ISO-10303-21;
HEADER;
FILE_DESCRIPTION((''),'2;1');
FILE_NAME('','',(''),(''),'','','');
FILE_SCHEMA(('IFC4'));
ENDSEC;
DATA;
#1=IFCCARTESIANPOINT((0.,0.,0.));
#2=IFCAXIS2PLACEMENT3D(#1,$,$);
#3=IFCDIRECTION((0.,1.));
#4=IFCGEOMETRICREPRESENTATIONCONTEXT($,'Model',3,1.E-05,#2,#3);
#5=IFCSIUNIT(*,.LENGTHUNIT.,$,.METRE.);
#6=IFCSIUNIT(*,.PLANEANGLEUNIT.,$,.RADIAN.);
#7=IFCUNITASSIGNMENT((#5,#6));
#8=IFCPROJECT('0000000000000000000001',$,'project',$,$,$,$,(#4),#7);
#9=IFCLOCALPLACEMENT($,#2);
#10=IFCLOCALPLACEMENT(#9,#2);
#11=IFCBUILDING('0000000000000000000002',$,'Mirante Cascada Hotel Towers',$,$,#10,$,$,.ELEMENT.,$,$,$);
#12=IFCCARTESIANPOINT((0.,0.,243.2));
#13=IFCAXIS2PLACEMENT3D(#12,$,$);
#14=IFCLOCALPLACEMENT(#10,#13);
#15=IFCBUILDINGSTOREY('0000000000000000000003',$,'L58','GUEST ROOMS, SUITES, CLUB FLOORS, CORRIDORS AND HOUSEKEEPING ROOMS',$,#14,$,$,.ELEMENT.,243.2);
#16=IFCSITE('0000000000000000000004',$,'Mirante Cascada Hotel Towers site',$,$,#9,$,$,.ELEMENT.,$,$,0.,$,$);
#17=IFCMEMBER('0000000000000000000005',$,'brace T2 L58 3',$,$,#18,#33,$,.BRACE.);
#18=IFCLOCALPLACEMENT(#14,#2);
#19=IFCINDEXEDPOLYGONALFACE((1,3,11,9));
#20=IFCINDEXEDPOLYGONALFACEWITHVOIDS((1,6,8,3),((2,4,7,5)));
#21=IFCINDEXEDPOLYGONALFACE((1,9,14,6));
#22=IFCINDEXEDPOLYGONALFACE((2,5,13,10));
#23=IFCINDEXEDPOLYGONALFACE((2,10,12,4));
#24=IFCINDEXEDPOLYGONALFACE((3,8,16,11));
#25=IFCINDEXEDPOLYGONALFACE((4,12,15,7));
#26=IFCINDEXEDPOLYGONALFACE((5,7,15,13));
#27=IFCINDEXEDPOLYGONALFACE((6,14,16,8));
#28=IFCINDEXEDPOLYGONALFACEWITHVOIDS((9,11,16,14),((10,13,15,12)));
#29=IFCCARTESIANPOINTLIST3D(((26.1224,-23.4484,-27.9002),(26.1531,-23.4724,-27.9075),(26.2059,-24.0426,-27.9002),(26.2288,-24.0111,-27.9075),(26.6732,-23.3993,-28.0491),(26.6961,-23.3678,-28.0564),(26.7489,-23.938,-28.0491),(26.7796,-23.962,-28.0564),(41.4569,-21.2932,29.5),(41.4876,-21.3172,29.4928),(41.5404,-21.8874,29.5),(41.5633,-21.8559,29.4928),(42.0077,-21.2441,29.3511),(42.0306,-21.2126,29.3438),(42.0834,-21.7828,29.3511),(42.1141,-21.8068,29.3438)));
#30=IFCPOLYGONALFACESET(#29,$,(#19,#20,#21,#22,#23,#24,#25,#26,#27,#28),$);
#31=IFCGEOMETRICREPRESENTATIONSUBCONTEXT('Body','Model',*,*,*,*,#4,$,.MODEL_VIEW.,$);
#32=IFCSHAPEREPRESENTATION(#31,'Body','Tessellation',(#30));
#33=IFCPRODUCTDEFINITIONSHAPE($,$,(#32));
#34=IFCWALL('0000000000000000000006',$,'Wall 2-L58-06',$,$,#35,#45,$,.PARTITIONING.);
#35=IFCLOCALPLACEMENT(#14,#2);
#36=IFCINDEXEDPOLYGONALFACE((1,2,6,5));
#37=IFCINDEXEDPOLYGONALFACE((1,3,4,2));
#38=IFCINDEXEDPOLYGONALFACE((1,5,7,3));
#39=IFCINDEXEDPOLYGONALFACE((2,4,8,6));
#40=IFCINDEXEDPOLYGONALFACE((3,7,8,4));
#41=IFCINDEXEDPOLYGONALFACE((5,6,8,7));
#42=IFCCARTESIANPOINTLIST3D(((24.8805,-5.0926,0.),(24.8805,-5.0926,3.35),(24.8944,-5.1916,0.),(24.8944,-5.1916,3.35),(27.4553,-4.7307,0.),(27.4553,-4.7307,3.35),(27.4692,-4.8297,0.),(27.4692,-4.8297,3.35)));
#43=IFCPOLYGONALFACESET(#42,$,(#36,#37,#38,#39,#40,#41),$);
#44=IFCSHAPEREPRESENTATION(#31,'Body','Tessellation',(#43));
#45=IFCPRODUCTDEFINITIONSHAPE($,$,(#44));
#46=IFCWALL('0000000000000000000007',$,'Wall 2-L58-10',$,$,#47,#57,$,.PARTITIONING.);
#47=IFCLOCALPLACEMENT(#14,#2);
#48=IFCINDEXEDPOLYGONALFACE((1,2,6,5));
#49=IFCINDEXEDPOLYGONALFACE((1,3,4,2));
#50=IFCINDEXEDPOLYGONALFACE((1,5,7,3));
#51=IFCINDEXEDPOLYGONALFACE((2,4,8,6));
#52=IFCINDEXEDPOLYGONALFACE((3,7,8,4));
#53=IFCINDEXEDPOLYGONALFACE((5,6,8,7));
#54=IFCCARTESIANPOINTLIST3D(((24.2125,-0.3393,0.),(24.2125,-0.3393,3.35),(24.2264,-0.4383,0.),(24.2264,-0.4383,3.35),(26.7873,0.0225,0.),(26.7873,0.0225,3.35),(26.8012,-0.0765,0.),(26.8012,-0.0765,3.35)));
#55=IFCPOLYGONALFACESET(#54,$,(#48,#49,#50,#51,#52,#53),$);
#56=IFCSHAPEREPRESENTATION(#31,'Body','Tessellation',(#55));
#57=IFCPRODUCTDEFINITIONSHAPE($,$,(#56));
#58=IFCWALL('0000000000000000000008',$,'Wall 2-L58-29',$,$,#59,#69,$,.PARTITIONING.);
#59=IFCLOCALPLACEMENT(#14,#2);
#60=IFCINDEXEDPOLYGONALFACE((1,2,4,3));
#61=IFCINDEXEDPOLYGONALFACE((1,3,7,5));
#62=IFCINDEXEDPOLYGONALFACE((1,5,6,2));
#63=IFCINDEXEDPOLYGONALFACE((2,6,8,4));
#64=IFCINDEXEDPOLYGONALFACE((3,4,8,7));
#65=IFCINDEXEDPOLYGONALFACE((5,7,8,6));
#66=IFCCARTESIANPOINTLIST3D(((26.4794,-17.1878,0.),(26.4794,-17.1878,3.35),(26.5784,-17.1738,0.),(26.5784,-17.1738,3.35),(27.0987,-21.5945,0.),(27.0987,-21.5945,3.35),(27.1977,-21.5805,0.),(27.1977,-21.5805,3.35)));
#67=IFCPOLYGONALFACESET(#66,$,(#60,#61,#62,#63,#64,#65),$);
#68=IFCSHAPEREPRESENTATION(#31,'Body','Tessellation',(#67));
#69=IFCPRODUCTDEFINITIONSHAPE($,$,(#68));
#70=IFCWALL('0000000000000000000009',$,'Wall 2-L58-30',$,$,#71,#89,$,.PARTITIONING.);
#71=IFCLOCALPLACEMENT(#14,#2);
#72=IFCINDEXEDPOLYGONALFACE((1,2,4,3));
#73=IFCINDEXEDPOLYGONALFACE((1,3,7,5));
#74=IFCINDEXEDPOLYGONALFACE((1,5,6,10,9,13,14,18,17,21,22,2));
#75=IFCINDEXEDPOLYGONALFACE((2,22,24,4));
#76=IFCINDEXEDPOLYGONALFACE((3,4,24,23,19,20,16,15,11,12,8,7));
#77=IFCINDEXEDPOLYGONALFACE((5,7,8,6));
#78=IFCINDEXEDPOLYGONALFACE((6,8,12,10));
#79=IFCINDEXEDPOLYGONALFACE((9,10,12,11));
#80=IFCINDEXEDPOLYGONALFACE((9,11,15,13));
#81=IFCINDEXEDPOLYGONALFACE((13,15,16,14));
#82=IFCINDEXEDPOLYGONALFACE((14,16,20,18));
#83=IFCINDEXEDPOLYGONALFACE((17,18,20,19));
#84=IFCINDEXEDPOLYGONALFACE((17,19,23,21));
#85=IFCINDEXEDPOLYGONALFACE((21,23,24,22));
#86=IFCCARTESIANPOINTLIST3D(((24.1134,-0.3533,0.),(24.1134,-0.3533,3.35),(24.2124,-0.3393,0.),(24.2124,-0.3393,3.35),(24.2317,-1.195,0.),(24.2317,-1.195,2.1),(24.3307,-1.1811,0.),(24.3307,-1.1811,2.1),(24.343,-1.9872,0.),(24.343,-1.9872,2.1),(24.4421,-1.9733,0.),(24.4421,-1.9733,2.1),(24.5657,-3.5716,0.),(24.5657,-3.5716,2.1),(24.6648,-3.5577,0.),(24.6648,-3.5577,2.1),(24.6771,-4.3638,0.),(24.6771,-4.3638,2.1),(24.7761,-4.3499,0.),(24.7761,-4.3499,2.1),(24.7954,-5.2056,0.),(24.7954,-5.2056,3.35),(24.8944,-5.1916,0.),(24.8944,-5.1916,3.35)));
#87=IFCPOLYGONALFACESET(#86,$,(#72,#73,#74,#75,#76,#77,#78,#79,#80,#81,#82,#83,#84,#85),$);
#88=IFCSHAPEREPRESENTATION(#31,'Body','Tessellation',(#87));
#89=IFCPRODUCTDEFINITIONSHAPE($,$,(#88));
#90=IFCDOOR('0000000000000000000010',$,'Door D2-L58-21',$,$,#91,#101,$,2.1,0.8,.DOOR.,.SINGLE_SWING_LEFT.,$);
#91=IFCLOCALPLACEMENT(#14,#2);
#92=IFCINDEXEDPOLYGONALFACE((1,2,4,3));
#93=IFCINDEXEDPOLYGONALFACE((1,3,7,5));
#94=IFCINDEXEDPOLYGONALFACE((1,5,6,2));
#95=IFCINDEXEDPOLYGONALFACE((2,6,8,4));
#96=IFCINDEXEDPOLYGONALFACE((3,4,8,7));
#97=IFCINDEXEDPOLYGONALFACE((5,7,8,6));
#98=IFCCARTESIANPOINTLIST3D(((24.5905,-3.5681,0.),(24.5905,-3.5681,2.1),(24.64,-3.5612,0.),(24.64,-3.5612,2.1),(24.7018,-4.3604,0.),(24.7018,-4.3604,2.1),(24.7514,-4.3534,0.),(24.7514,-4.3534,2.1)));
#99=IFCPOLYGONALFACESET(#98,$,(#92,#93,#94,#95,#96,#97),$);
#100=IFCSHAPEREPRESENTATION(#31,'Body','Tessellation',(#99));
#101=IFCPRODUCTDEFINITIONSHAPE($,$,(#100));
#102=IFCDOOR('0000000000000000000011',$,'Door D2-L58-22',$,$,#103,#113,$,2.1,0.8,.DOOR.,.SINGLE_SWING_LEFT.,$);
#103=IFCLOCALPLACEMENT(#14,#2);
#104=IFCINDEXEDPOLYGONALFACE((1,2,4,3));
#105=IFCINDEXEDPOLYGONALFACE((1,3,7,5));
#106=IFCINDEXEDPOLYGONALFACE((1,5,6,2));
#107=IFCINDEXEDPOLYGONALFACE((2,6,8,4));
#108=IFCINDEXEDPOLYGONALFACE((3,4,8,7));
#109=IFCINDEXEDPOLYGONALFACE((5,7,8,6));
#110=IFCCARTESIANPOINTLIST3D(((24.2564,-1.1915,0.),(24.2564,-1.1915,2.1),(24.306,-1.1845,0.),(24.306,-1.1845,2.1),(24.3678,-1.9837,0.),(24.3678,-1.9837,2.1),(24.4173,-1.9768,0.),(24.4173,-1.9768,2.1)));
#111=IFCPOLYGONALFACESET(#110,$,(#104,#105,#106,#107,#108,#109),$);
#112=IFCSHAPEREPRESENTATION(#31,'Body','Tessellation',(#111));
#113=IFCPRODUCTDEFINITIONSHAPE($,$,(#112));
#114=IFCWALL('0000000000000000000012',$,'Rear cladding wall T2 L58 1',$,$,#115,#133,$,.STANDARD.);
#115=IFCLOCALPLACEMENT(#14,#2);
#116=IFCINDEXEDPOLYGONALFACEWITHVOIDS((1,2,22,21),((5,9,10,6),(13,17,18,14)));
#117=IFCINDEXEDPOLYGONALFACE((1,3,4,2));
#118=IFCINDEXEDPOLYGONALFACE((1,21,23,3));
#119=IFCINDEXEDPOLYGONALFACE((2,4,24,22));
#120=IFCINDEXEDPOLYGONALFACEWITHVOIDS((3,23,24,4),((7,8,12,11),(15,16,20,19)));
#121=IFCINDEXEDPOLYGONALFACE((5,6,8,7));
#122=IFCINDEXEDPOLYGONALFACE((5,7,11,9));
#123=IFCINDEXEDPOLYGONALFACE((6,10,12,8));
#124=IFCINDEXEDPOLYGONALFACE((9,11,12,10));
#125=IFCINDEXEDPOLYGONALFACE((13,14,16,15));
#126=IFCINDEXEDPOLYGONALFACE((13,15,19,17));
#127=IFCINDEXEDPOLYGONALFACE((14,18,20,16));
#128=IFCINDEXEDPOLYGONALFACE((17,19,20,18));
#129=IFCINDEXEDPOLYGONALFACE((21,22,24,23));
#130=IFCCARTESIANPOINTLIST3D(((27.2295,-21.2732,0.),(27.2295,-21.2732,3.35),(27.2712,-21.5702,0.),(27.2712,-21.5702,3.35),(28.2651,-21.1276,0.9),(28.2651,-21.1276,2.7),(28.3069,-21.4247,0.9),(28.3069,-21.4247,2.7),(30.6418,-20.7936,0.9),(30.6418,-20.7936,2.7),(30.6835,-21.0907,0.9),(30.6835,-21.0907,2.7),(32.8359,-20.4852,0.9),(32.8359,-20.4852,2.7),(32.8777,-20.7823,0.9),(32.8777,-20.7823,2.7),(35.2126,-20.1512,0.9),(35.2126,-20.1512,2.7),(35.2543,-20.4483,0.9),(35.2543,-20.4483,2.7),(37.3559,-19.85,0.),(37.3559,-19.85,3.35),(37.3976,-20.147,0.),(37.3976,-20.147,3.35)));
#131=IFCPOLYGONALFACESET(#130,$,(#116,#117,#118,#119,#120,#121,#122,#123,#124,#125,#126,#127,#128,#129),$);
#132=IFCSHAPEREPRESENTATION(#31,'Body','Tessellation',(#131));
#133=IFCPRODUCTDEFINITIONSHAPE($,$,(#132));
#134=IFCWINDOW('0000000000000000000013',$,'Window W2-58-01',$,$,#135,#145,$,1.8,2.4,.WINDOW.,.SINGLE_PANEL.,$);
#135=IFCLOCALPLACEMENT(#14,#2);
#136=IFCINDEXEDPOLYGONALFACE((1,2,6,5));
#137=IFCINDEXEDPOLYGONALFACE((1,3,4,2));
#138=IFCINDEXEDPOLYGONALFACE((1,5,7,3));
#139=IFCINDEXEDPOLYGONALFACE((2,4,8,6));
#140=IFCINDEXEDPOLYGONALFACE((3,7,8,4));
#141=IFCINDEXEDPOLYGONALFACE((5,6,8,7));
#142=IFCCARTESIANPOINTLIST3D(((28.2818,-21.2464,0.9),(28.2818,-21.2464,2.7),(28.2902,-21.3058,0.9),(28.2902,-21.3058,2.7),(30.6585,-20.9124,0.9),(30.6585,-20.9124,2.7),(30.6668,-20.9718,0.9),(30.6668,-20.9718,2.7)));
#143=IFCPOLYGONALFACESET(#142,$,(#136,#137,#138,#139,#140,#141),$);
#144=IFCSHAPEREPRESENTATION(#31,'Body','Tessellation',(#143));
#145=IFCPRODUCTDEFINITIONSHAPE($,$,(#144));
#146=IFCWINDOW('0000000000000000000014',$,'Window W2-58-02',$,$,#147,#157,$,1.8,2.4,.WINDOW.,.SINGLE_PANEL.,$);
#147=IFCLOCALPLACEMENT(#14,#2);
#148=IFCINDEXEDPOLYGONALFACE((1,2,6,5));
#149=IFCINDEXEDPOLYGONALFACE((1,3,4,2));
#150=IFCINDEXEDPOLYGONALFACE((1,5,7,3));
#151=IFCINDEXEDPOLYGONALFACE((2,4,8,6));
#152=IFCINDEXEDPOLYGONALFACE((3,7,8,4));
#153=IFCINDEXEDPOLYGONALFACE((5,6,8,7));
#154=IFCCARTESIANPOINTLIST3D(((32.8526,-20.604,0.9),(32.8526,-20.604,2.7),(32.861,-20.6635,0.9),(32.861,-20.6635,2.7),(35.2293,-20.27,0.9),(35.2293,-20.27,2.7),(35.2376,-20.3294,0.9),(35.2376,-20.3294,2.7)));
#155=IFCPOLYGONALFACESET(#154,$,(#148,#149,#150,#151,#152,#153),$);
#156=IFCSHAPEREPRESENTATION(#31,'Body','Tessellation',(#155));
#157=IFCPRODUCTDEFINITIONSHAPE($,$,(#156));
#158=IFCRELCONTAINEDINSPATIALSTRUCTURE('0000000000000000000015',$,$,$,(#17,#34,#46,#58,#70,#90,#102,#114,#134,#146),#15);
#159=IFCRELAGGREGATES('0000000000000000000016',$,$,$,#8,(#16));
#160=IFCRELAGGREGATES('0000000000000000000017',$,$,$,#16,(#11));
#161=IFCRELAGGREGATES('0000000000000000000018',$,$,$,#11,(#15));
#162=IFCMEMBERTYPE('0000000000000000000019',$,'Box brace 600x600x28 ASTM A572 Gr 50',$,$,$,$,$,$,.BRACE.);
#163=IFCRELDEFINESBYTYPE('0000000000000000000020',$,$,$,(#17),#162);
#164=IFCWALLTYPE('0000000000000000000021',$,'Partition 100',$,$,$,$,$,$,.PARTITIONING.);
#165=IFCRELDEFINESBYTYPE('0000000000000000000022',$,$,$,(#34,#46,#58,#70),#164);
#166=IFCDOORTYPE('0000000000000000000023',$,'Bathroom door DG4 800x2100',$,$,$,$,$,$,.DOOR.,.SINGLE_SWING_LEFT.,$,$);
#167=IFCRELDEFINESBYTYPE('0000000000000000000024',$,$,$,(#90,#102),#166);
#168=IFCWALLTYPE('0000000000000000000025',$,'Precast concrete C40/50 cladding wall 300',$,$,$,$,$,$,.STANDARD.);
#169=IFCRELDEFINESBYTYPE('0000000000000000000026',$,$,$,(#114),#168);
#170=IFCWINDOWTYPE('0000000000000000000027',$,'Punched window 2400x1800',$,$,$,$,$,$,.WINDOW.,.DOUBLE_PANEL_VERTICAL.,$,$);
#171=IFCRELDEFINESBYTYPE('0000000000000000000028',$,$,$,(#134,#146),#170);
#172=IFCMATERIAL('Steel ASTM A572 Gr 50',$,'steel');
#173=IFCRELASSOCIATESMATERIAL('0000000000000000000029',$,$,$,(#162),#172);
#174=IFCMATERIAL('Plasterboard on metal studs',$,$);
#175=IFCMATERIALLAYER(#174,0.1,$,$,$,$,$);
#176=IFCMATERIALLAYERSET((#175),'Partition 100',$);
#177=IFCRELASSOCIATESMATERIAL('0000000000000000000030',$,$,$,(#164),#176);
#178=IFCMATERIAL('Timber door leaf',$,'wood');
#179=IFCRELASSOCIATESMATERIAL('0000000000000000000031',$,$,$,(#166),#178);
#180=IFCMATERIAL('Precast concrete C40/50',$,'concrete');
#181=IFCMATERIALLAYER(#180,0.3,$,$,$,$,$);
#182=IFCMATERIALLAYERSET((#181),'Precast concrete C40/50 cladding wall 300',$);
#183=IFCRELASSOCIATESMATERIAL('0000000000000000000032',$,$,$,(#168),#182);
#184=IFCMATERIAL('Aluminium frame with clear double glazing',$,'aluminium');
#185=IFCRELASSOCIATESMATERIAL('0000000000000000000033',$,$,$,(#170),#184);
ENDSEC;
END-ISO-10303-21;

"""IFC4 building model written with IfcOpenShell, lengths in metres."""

from ifc_helpers import new_model, si_unit, direction, frame, frame_2d, origin, origin_2d, place, context, subcontext, project, spatial, rectangle, hollow_rectangle, extrude, material, layer, layer_set, material_profile, profile_set, type_object, element, fill, save


model = new_model("IFC4")

# Units and contexts
model_context = context("Model", 3, precision=1e-05, world=origin(), true_north=direction((0.0, 1.0)))
body_context = subcontext(model_context, "Body", "Model", "MODEL_VIEW")
ifc_project = project(units=[si_unit("LENGTHUNIT", "METRE"), si_unit("PLANEANGLEUNIT", "RADIAN")], contexts=[model_context])

# Site, building, storey
site_placement = place(None, origin())
site = spatial("IfcSite", under=ifc_project, at=site_placement, Name="Mirante Cascada Hotel Towers site", CompositionType="ELEMENT", RefElevation=0.0)
building_placement = place(site_placement, origin())
building = spatial("IfcBuilding", under=site, at=building_placement, Name="Mirante Cascada Hotel Towers", CompositionType="ELEMENT")
storey_placement = place(building_placement, frame((0.0, 0.0, 243.2)))
storey = spatial("IfcBuildingStorey", under=building, at=storey_placement, Name="L58", Description="GUEST ROOMS, SUITES, CLUB FLOORS, CORRIDORS AND HOUSEKEEPING ROOMS", CompositionType="ELEMENT", Elevation=243.2)

# Member
ifc_material_1 = material(Name="Steel ASTM A572 Gr 50", Category="steel")
ifc_material_profile = material_profile(ifc_material_1, hollow_rectangle(XDim=0.6, YDim=0.6, WallThickness=0.028, at=origin_2d()), Name="Box brace 600x600x28 ASTM A572 Gr 50")
ifc_profile_set = profile_set([ifc_material_profile], Name="Steel ASTM A572 Gr 50")
member_type = type_object("IfcMemberType", Name="Box brace 600x600x28 ASTM A572 Gr 50", PredefinedType="BRACE", material=ifc_profile_set)
member_placement = place(storey_placement, frame((26.451, -23.7052, -27.9783), z_axis=(0.257929, 0.036251, 0.965483), x_axis=(-0.139178, 0.990267, 0.0)))
element("IfcMember", 1, at=member_placement, inside=storey, type_object=member_type, Name="brace T2 L58 3", PredefinedType="BRACE", context=body_context, shape_type="SweptSolid", body=[
    extrude(hollow_rectangle(XDim=0.6, YDim=0.6, WallThickness=0.028, at=origin_2d()), origin(), (0.0, 0.0, 1.0), 59.4523),
])

# Walls
ifc_material_2 = material(Name="Plasterboard on metal studs")
ifc_layer_1 = layer(ifc_material_2, 0.1)
ifc_layer_set_1 = layer_set([ifc_layer_1], Name="Partition 100")
wall_type_1 = type_object("IfcWallType", Name="Partition 100", PredefinedType="PARTITIONING", material=ifc_layer_set_1)
for number, where, z_axis, x_axis, name in (
    (2, (27.4622, -4.7802, 0.0), (0.0, 0.0, 1.0), (-0.990266, -0.139186, 0.0), "Wall 2-L58-06"),
    (3, (26.7942, -0.027, 0.0), (0.0, 0.0, 1.0), (-0.990271, -0.139149, 0.0), "Wall 2-L58-10"),
):
    element("IfcWall", number, at=place(storey_placement, frame(where, z_axis=z_axis, x_axis=x_axis)), inside=storey, type_object=wall_type_1, Name=name, PredefinedType="PARTITIONING", context=body_context, shape_type="SweptSolid", body=[
        extrude(rectangle(XDim=2.6001, YDim=0.1, at=frame_2d((1.3, 0.0))), origin(), (0.0, 0.0, 1.0), 3.35),
    ])
wall_1_placement = place(storey_placement, frame((27.1482, -21.5875, 0.0), z_axis=(0.0, 0.0, 1.0), x_axis=(-0.139168, 0.990269, 0.0)))
element("IfcWall", 4, at=wall_1_placement, inside=storey, type_object=wall_type_1, Name="Wall 2-L58-29", PredefinedType="PARTITIONING", context=body_context, shape_type="SweptSolid", body=[
    extrude(rectangle(XDim=4.45, YDim=0.1, at=frame_2d((2.225, 0.0))), origin(), (0.0, 0.0, 1.0), 3.35),
])

# Wall, openings, doors
wall_2_placement = place(storey_placement, frame((24.1629, -0.3463, 0.0), z_axis=(0.0, 0.0, 1.0), x_axis=(0.139184, -0.990267, 0.0)))
wall_2 = element("IfcWall", 5, at=wall_2_placement, inside=storey, type_object=wall_type_1, Name="Wall 2-L58-30", PredefinedType="PARTITIONING", context=body_context, shape_type="SweptSolid", body=[
    extrude(rectangle(XDim=4.9, YDim=0.1, at=frame_2d((2.45, 0.0))), origin(), (0.0, 0.0, 1.0), 3.35),
])
opening_1_placement = place(wall_2_placement, frame((3.25, 0.0, 0.0)))
opening_1 = element("IfcOpeningElement", 6, at=opening_1_placement, cuts=wall_2, PredefinedType="OPENING", context=body_context, shape_type="SweptSolid", body=[
    extrude(rectangle(XDim=0.8, YDim=2.1, at=frame_2d((0.4, 1.05))), frame((0.0, 0.05, 0.0), z_axis=(0.0, -1.0, 0.0), x_axis=(1.0, 0.0, 0.0)), (0.0, 0.0, 1.0), 0.1),
])
opening_2_placement = place(wall_2_placement, frame((0.85, 0.0, 0.0)))
opening_2 = element("IfcOpeningElement", 7, at=opening_2_placement, cuts=wall_2, PredefinedType="OPENING", context=body_context, shape_type="SweptSolid", body=[
    extrude(rectangle(XDim=0.8, YDim=2.1, at=frame_2d((0.4, 1.05))), frame((0.0, 0.05, 0.0), z_axis=(0.0, -1.0, 0.0), x_axis=(1.0, 0.0, 0.0)), (0.0, 0.0, 1.0), 0.1),
])
ifc_material_3 = material(Name="Timber door leaf", Category="wood")
door_type = type_object("IfcDoorType", Name="Bathroom door DG4 800x2100", OperationType="SINGLE_SWING_LEFT", PredefinedType="DOOR", material=ifc_material_3)
door_1_placement = place(opening_1_placement, origin())
door_1 = element("IfcDoor", 8, at=door_1_placement, inside=storey, type_object=door_type, Name="Door D2-L58-21", OperationType="SINGLE_SWING_LEFT", OverallHeight=2.1, OverallWidth=0.8, PredefinedType="DOOR", context=body_context, shape_type="SweptSolid", body=[
    extrude(rectangle(XDim=0.8, YDim=2.1, at=frame_2d((0.4, 1.05))), frame((0.0, 0.025, 0.0), z_axis=(0.0, -1.0, 0.0), x_axis=(1.0, 0.0, 0.0)), (0.0, 0.0, 1.0), 0.05),
])
fill(opening_1, door_1)
door_2_placement = place(opening_2_placement, origin())
door_2 = element("IfcDoor", 9, at=door_2_placement, inside=storey, type_object=door_type, Name="Door D2-L58-22", OperationType="SINGLE_SWING_LEFT", OverallHeight=2.1, OverallWidth=0.8, PredefinedType="DOOR", context=body_context, shape_type="SweptSolid", body=[
    extrude(rectangle(XDim=0.8, YDim=2.1, at=frame_2d((0.4, 1.05))), frame((0.0, 0.025, 0.0), z_axis=(0.0, -1.0, 0.0), x_axis=(1.0, 0.0, 0.0)), (0.0, 0.0, 1.0), 0.05),
])
fill(opening_2, door_2)

# Wall, openings, windows
ifc_material_4 = material(Name="Precast concrete C40/50", Category="concrete")
ifc_layer_2 = layer(ifc_material_4, 0.3)
ifc_layer_set_2 = layer_set([ifc_layer_2], Name="Precast concrete C40/50 cladding wall 300")
wall_type_2 = type_object("IfcWallType", Name="Precast concrete C40/50 cladding wall 300", PredefinedType="STANDARD", material=ifc_layer_set_2)
wall_3_placement = place(storey_placement, frame((27.2503, -21.4217, 0.0), z_axis=(0.0, 0.0, 1.0), x_axis=(0.990268, 0.139176, 0.0)))
wall_3 = element("IfcWall", 10, at=wall_3_placement, inside=storey, type_object=wall_type_2, Name="Rear cladding wall T2 L58 1", PredefinedType="STANDARD", context=body_context, shape_type="SweptSolid", body=[
    extrude(rectangle(XDim=10.2259, YDim=0.3, at=frame_2d((5.113, 0.0))), origin(), (0.0, 0.0, 1.0), 3.35),
])
opening_3_placement = place(wall_3_placement, frame((1.0459, 0.0, 0.9)))
opening_3 = element("IfcOpeningElement", 11, at=opening_3_placement, cuts=wall_3, PredefinedType="OPENING", context=body_context, shape_type="SweptSolid", body=[
    extrude(rectangle(XDim=2.4, YDim=1.8, at=frame_2d((1.2, 0.9))), frame((0.0, 0.15, 0.0), z_axis=(0.0, -1.0, 0.0), x_axis=(1.0, 0.0, 0.0)), (0.0, 0.0, 1.0), 0.3),
])
opening_4_placement = place(wall_3_placement, frame((5.6616, 0.0, 0.9)))
opening_4 = element("IfcOpeningElement", 12, at=opening_4_placement, cuts=wall_3, PredefinedType="OPENING", context=body_context, shape_type="SweptSolid", body=[
    extrude(rectangle(XDim=2.4, YDim=1.8, at=frame_2d((1.2, 0.9))), frame((0.0, 0.15, 0.0), z_axis=(0.0, -1.0, 0.0), x_axis=(1.0, 0.0, 0.0)), (0.0, 0.0, 1.0), 0.3),
])
ifc_material_5 = material(Name="Aluminium frame with clear double glazing", Category="aluminium")
window_type = type_object("IfcWindowType", Name="Punched window 2400x1800", PartitioningType="DOUBLE_PANEL_VERTICAL", PredefinedType="WINDOW", material=ifc_material_5)
window_1_placement = place(opening_3_placement, origin())
window_1 = element("IfcWindow", 13, at=window_1_placement, inside=storey, type_object=window_type, Name="Window W2-58-01", OverallHeight=1.8, OverallWidth=2.4, PartitioningType="SINGLE_PANEL", PredefinedType="WINDOW", context=body_context, shape_type="SweptSolid", body=[
    extrude(rectangle(XDim=2.4, YDim=1.8, at=frame_2d((1.2, 0.9))), frame((0.0, 0.03, 0.0), z_axis=(0.0, -1.0, 0.0), x_axis=(1.0, 0.0, 0.0)), (0.0, 0.0, 1.0), 0.06),
])
fill(opening_3, window_1)
window_2_placement = place(opening_4_placement, origin())
window_2 = element("IfcWindow", 14, at=window_2_placement, inside=storey, type_object=window_type, Name="Window W2-58-02", OverallHeight=1.8, OverallWidth=2.4, PartitioningType="SINGLE_PANEL", PredefinedType="WINDOW", context=body_context, shape_type="SweptSolid", body=[
    extrude(rectangle(XDim=2.4, YDim=1.8, at=frame_2d((1.2, 0.9))), frame((0.0, 0.03, 0.0), z_axis=(0.0, -1.0, 0.0), x_axis=(1.0, 0.0, 0.0)), (0.0, 0.0, 1.0), 0.06),
])
fill(opening_4, window_2)

save(model, "model.ifc")
